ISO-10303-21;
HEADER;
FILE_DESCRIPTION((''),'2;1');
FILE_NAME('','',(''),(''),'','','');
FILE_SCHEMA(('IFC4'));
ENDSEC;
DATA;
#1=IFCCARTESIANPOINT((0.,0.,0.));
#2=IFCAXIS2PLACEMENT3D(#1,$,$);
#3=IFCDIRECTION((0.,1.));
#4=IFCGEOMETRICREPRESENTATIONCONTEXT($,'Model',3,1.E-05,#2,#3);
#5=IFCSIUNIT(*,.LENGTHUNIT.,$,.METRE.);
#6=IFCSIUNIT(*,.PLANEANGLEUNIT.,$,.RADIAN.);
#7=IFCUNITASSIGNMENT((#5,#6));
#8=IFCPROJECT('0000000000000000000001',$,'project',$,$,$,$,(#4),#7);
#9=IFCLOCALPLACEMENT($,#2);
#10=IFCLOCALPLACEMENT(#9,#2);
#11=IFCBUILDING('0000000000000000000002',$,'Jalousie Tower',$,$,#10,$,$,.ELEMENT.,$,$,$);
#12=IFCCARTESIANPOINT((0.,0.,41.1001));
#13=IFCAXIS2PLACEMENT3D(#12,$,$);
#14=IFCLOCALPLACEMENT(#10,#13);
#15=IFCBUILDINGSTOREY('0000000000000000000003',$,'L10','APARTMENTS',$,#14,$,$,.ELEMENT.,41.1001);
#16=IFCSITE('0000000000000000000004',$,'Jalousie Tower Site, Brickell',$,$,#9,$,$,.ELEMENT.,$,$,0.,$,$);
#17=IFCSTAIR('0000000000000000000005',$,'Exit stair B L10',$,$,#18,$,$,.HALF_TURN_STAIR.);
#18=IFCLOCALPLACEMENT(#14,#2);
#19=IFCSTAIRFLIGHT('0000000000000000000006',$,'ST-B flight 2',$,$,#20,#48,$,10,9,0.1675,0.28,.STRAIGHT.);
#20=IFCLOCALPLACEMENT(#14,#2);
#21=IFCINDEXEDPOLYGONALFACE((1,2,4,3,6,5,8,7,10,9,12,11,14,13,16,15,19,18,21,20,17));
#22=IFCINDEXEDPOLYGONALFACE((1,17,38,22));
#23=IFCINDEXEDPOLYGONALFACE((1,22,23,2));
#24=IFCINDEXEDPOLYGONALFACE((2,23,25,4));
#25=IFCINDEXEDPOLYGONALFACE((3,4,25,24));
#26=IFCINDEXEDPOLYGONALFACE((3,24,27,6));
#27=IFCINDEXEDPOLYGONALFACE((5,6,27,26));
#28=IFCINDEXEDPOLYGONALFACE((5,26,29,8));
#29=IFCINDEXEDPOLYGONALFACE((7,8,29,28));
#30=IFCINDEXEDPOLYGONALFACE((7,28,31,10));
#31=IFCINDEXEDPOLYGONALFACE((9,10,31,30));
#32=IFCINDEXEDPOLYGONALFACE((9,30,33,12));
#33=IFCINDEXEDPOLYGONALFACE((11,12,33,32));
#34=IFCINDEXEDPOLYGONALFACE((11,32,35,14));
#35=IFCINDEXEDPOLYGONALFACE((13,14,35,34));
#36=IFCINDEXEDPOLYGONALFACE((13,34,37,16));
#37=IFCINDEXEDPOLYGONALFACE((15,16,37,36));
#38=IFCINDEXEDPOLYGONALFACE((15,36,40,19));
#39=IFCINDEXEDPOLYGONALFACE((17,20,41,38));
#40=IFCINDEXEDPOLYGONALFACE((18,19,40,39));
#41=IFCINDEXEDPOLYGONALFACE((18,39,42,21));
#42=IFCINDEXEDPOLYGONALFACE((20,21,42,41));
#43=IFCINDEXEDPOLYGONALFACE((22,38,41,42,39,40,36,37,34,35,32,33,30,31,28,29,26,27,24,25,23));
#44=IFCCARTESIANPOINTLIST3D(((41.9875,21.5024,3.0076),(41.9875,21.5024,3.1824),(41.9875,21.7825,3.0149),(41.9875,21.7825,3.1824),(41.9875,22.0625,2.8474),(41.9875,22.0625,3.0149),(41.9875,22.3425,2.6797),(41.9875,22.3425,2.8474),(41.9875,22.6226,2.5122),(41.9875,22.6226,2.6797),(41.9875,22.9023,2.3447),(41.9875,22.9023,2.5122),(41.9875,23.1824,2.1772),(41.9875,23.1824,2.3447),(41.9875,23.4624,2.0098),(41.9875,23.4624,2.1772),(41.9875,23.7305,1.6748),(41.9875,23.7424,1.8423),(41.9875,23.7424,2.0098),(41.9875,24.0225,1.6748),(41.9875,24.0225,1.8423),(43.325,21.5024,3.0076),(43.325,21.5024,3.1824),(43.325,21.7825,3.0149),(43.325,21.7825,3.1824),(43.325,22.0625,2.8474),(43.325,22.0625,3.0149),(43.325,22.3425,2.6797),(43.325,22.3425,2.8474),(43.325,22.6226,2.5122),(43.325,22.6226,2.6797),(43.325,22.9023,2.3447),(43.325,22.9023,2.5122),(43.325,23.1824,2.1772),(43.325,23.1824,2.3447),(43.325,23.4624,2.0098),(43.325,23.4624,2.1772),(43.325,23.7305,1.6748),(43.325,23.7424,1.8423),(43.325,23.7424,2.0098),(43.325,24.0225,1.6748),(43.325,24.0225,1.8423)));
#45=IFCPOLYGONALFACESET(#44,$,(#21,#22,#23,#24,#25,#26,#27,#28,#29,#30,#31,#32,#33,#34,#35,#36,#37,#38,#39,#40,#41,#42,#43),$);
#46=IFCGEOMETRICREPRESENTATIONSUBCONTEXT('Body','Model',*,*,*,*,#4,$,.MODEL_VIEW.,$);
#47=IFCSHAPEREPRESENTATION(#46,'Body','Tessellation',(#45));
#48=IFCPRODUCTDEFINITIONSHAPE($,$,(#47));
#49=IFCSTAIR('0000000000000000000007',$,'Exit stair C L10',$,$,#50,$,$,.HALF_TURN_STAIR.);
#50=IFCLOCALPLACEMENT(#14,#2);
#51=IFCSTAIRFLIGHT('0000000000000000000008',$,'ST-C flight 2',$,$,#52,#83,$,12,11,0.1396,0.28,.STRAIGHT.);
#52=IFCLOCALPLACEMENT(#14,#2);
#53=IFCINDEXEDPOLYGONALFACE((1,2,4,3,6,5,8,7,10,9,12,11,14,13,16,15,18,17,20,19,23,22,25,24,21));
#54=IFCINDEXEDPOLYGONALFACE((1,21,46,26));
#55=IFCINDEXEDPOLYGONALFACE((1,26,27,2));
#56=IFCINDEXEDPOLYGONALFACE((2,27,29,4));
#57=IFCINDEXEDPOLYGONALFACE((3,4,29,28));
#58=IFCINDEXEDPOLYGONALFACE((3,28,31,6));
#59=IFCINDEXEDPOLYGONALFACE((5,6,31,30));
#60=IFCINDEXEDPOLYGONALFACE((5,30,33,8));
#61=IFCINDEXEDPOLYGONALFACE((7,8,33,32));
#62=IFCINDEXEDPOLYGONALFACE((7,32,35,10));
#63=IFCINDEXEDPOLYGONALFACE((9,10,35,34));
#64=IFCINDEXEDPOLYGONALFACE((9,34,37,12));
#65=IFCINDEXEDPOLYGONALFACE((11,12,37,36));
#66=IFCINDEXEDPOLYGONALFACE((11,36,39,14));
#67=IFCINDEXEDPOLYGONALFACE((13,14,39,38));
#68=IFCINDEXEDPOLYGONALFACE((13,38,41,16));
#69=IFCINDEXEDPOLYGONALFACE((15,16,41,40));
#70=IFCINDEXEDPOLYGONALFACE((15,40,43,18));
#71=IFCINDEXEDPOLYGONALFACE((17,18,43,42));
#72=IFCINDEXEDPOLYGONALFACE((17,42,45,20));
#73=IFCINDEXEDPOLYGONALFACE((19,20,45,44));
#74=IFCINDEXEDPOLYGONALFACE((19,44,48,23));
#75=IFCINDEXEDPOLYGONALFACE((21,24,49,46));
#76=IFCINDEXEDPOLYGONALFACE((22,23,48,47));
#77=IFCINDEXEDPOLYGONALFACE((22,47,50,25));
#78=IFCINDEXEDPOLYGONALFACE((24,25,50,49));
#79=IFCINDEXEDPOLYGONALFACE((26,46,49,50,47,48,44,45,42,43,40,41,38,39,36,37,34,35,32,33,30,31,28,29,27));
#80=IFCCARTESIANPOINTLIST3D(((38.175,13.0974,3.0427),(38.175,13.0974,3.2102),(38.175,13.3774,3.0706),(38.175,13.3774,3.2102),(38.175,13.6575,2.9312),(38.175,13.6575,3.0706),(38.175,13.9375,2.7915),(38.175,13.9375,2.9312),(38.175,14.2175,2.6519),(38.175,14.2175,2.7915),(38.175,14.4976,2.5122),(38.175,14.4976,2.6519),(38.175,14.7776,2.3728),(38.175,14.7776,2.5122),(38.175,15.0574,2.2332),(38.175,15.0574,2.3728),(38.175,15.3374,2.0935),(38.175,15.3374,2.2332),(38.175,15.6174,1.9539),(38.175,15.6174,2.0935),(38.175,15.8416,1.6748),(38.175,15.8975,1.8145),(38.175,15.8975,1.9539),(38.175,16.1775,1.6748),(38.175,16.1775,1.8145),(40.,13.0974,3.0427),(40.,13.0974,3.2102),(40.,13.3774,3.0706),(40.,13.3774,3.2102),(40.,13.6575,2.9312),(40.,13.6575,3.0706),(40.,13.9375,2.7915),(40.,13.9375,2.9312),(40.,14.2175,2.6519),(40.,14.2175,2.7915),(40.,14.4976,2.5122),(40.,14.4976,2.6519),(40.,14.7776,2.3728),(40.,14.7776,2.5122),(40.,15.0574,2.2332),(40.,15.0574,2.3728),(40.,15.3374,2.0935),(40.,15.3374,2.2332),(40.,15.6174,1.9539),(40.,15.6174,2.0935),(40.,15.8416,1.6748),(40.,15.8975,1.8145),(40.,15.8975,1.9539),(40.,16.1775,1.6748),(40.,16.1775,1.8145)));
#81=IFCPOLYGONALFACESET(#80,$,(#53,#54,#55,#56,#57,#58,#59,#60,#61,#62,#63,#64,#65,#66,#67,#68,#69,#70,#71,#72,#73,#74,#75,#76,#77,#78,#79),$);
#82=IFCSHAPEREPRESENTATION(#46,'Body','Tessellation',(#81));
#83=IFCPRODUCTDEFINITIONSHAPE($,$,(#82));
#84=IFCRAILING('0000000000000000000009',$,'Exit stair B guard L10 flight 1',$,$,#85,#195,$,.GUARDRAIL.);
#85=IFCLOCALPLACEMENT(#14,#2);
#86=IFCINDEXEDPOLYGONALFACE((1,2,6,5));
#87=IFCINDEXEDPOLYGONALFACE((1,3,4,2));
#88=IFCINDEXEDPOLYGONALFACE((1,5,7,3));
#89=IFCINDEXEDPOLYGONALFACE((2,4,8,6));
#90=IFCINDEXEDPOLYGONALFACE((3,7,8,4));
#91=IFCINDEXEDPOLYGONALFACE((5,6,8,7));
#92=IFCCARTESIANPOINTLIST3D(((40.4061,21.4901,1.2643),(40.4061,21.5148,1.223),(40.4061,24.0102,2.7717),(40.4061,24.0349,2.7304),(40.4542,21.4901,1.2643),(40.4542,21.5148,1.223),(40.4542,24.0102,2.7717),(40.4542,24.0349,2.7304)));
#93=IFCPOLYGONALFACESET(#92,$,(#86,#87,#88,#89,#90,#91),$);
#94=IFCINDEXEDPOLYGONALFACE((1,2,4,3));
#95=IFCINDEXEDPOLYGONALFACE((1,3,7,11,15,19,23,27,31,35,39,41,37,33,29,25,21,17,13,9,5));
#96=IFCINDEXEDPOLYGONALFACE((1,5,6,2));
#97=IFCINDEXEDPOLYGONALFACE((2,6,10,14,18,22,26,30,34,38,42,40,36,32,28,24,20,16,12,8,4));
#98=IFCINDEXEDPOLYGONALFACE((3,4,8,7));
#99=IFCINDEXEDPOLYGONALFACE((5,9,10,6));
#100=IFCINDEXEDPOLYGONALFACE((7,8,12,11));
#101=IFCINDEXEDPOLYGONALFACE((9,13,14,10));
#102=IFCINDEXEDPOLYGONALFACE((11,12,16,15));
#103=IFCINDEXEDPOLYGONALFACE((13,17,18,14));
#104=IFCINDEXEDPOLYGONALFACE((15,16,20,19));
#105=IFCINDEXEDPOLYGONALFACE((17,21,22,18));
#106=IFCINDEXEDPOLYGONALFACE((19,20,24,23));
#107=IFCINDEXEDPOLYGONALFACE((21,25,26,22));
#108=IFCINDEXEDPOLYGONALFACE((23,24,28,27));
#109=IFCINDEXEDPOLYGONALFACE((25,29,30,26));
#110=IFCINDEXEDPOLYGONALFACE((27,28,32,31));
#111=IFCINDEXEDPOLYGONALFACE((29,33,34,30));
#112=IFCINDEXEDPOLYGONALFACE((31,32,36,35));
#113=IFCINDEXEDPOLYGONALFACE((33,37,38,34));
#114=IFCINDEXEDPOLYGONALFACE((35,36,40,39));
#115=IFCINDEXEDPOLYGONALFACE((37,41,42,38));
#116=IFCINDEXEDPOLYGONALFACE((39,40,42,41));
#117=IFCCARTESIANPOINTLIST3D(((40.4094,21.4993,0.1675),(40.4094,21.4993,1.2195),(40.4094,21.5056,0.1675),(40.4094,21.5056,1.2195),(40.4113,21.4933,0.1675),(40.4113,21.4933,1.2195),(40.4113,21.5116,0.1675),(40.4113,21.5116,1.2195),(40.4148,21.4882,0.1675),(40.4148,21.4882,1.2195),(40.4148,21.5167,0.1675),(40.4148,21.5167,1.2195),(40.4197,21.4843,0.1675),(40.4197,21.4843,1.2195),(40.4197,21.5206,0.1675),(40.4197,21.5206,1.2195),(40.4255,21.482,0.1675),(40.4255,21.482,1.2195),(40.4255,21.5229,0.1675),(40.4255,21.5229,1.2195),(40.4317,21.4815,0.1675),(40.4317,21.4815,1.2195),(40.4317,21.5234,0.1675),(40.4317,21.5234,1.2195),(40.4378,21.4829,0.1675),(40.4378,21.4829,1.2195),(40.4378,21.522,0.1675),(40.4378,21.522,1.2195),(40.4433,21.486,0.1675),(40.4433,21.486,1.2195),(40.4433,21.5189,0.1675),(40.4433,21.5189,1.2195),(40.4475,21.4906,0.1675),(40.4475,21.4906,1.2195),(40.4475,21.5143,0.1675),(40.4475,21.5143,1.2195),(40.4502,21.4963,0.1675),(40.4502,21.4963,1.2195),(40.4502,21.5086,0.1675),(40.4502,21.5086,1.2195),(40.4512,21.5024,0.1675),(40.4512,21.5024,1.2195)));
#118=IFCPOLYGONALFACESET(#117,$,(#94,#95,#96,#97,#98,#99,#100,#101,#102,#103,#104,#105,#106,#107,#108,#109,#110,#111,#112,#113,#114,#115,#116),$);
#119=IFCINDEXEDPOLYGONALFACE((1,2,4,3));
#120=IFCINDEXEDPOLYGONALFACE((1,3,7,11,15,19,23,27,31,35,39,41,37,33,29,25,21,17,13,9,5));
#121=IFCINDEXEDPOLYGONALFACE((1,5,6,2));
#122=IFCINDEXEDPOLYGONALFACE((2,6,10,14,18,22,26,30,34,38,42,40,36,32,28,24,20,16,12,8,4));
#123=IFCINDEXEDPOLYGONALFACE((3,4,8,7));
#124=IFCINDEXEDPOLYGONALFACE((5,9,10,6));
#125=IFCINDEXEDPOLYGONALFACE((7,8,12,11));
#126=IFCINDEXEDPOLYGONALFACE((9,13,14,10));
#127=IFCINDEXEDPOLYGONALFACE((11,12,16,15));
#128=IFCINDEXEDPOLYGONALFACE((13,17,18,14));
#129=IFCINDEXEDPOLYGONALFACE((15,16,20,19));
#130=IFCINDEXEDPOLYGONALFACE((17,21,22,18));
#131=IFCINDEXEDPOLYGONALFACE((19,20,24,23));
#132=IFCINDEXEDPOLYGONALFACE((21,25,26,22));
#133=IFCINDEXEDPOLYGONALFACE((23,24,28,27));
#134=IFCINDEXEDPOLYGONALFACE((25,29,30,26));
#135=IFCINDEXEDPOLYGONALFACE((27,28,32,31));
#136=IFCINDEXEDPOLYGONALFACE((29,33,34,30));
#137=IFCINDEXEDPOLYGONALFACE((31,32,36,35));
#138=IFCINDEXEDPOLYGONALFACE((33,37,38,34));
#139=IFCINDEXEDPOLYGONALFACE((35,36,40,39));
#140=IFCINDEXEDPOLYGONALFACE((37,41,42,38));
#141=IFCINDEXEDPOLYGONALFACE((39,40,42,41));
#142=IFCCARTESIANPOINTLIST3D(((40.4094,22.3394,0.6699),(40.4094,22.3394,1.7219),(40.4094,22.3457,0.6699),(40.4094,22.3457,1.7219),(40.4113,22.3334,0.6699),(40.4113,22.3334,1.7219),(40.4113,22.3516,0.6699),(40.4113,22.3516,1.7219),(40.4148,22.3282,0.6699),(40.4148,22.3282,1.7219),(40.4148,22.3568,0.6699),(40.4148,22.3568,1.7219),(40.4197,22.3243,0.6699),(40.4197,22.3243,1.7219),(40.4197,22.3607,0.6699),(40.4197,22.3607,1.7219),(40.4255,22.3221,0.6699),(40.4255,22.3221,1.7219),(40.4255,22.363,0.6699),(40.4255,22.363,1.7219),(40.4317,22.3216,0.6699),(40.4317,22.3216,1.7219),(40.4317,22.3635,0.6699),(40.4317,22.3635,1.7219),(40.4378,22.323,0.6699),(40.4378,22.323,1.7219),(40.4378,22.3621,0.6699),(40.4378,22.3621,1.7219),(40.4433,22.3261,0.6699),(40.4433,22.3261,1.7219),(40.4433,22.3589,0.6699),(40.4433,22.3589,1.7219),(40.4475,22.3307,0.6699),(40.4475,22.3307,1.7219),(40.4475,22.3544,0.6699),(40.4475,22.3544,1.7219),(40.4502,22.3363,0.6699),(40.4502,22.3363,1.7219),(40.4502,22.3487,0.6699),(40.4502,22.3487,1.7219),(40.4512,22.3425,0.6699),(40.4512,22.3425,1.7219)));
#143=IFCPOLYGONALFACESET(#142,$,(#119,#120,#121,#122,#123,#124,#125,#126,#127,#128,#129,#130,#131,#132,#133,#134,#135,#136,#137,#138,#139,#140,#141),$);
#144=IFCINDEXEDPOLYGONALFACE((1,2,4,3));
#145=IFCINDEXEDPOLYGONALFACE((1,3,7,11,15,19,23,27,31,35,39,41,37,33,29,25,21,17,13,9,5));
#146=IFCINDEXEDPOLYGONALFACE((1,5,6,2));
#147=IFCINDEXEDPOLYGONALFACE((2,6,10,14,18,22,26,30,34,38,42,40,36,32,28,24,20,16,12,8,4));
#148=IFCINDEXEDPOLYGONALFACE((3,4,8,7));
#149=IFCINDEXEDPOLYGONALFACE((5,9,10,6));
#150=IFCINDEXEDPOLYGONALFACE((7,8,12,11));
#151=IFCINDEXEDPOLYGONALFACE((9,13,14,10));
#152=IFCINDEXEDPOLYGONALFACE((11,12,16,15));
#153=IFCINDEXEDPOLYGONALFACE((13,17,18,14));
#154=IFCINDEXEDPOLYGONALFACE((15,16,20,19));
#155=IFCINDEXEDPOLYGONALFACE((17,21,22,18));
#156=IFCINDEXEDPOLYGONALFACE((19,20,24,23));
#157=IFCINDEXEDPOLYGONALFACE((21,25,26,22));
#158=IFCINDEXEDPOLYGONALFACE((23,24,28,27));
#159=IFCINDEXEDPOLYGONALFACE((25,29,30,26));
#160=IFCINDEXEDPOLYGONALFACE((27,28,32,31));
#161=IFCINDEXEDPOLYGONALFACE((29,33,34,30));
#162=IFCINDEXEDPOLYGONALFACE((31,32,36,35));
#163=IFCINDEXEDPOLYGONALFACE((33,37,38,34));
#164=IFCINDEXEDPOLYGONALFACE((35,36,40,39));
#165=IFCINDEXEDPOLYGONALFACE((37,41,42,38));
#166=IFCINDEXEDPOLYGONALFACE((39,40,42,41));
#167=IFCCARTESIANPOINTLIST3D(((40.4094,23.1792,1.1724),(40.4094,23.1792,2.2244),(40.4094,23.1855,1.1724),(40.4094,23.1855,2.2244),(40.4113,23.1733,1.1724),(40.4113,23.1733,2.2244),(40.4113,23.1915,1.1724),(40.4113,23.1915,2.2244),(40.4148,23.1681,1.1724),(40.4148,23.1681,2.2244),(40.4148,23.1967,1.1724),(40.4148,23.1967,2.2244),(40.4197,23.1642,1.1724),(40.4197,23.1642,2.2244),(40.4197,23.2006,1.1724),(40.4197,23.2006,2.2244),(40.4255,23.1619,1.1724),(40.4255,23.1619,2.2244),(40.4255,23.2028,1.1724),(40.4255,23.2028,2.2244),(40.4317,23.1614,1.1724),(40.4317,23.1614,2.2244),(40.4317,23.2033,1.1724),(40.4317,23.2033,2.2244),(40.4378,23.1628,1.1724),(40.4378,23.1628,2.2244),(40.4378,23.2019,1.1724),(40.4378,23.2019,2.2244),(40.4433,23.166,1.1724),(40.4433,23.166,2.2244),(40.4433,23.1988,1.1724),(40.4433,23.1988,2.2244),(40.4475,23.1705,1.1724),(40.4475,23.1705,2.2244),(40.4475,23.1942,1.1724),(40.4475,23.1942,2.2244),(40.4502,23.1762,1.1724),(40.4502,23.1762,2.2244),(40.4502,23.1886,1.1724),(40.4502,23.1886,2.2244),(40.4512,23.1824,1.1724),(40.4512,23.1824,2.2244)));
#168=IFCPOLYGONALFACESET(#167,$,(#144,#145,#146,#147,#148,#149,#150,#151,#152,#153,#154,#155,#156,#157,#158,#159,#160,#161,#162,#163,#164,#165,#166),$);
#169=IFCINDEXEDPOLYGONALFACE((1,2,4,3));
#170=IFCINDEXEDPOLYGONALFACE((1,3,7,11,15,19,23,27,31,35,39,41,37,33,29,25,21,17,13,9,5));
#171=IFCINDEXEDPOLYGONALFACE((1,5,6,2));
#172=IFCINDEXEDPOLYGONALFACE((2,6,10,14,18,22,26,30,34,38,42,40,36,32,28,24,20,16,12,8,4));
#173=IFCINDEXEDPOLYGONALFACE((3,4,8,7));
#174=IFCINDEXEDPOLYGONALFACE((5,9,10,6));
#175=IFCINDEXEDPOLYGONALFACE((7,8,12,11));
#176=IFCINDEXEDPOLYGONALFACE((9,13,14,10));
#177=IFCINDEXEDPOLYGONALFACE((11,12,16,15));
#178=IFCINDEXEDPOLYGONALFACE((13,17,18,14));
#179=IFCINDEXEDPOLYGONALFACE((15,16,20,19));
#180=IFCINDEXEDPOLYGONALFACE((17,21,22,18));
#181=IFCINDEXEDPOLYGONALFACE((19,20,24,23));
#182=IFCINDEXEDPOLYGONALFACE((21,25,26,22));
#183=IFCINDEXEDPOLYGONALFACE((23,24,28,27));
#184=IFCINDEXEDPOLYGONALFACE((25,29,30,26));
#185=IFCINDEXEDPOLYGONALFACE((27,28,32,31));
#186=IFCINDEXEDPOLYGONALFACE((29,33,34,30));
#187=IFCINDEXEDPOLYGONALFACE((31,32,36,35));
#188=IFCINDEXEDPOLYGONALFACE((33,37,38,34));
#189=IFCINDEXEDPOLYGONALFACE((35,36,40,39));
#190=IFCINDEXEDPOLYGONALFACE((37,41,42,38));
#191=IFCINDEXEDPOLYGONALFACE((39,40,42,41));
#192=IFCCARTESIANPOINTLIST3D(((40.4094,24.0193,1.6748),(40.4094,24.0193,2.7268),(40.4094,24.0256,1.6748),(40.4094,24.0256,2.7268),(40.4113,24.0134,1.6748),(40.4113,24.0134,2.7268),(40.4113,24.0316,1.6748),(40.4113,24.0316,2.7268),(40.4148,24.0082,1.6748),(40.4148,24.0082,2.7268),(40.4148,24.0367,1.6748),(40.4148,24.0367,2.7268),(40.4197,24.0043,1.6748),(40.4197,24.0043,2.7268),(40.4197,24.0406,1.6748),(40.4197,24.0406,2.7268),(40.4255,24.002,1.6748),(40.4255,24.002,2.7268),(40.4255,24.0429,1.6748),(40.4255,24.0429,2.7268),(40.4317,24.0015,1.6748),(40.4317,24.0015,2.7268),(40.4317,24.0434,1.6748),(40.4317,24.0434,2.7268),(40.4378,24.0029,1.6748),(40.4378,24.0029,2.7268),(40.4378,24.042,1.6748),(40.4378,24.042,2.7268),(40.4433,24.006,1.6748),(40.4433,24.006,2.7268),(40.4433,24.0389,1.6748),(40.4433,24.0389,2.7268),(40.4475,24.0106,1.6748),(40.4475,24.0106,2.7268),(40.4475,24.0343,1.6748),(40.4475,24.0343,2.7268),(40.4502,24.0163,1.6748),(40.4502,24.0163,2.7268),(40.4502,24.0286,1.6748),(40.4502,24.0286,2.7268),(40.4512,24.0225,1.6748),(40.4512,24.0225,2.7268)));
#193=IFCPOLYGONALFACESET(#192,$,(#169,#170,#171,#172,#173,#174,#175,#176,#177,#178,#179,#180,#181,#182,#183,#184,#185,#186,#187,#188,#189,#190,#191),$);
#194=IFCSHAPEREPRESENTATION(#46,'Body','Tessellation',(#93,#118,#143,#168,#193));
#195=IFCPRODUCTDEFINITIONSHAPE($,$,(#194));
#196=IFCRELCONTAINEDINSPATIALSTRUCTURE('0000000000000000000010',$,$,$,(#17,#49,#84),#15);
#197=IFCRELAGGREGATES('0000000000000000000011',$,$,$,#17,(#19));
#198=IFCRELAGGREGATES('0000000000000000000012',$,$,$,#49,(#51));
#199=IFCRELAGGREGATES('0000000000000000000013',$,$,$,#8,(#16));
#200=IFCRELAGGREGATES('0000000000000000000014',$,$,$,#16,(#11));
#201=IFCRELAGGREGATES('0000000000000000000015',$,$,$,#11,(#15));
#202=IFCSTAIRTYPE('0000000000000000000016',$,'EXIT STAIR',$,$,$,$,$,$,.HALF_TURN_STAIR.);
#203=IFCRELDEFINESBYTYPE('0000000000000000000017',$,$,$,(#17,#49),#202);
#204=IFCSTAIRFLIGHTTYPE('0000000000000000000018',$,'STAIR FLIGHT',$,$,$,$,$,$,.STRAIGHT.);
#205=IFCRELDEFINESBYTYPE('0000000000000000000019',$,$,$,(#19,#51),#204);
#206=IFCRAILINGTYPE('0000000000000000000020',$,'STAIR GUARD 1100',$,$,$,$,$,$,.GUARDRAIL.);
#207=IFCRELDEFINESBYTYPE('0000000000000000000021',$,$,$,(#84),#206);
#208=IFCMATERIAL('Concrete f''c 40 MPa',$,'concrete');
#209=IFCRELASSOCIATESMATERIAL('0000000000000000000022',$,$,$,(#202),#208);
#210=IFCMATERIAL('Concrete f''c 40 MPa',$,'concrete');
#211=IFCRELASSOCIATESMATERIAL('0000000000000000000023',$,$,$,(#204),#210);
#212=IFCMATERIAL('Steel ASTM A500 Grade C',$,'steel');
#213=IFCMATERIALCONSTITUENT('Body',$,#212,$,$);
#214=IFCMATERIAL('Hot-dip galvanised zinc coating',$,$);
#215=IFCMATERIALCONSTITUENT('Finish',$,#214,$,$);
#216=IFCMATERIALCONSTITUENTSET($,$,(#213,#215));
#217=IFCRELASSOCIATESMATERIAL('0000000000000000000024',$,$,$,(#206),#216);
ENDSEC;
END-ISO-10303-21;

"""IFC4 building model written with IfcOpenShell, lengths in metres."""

from ifc_helpers import new_model, si_unit, direction, frame, origin, origin_2d, place, context, subcontext, project, spatial, polyline, rectangle, circle, outline, extrude, material, constituent, constituent_set, type_object, element, aggregate, save


model = new_model("IFC4")

# Units and contexts
model_context = context("Model", 3, precision=1e-05, world=origin(), true_north=direction((0.0, 1.0)))
body_context = subcontext(model_context, "Body", "Model", "MODEL_VIEW")
ifc_project = project(units=[si_unit("LENGTHUNIT", "METRE"), si_unit("PLANEANGLEUNIT", "RADIAN")], contexts=[model_context])

# Site, building, storey
site_placement = place(None, origin())
site = spatial("IfcSite", under=ifc_project, at=site_placement, Name="Jalousie Tower Site, Brickell", CompositionType="ELEMENT", RefElevation=0.0)
building_placement = place(site_placement, origin())
building = spatial("IfcBuilding", under=site, at=building_placement, Name="Jalousie Tower", CompositionType="ELEMENT")
storey_placement = place(building_placement, frame((0.0, 0.0, 41.1001)))
storey = spatial("IfcBuildingStorey", under=building, at=storey_placement, Name="L10", Description="APARTMENTS", CompositionType="ELEMENT", Elevation=41.1001)

# Stair, stair flight
ifc_material_1 = material(Name="Concrete f'c 40 MPa", Category="concrete")
stair_type = type_object("IfcStairType", Name="EXIT STAIR", PredefinedType="HALF_TURN_STAIR", material=ifc_material_1)
stair_1_placement = place(storey_placement, origin())
stair_1 = element("IfcStair", 1, at=stair_1_placement, inside=storey, type_object=stair_type, Name="Exit stair B L10", PredefinedType="HALF_TURN_STAIR")
ifc_material_2 = material(Name="Concrete f'c 40 MPa", Category="concrete")
stair_flight_type = type_object("IfcStairFlightType", Name="STAIR FLIGHT", PredefinedType="STRAIGHT", material=ifc_material_2)
stair_flight_1_placement = place(storey_placement, frame((42.6562, 24.0225, 1.6748), z_axis=(0.0, 0.0, 1.0), x_axis=(0.0, -1.0, 0.0)))
stair_flight_1 = element("IfcStairFlight", 2, at=stair_flight_1_placement, type_object=stair_flight_type, Name="ST-B flight 2", NumberOfRisers=10, NumberOfTreads=9, PredefinedType="STRAIGHT", RiserHeight=0.1675, TreadLength=0.28, context=body_context, shape_type="SweptSolid", body=[
    extrude(outline(polyline([(0.0, 0.0), (0.0, 0.1675), (0.28, 0.1675), (0.28, 0.335), (0.5601, 0.335), (0.5601, 0.5024), (0.8401, 0.5024), (0.8401, 0.6699), (1.1201, 0.6699), (1.1201, 0.8374), (1.3999, 0.8374), (1.3999, 1.0049), (1.6799, 1.0049), (1.6799, 1.1726), (1.96, 1.1726), (1.96, 1.3401), (2.24, 1.3401), (2.24, 1.5076), (2.52, 1.5076), (2.52, 1.675), (2.52, 1.3328), (0.292, 0.0), (0.0, 0.0)])), frame((0.0, 0.6687, 0.0), z_axis=(0.0, -1.0, 0.0), x_axis=(1.0, 0.0, 0.0)), (0.0, 0.0, 1.0), 1.3374),
])
aggregate(stair_1, [stair_flight_1])

# Stair, stair flight
stair_2_placement = place(storey_placement, origin())
stair_2 = element("IfcStair", 3, at=stair_2_placement, inside=storey, type_object=stair_type, Name="Exit stair C L10", PredefinedType="HALF_TURN_STAIR")
stair_flight_2_placement = place(storey_placement, frame((39.0874, 16.1775, 1.6748), z_axis=(0.0, 0.0, 1.0), x_axis=(0.0, -1.0, 0.0)))
stair_flight_2 = element("IfcStairFlight", 4, at=stair_flight_2_placement, type_object=stair_flight_type, Name="ST-C flight 2", NumberOfRisers=12, NumberOfTreads=11, PredefinedType="STRAIGHT", RiserHeight=0.1396, TreadLength=0.28, context=body_context, shape_type="SweptSolid", body=[
    extrude(outline(polyline([(0.0, 0.0), (0.0, 0.1396), (0.28, 0.1396), (0.28, 0.2791), (0.5601, 0.2791), (0.5601, 0.4187), (0.8401, 0.4187), (0.8401, 0.5583), (1.1201, 0.5583), (1.1201, 0.698), (1.3999, 0.698), (1.3999, 0.8374), (1.6799, 0.8374), (1.6799, 0.9771), (1.96, 0.9771), (1.96, 1.1167), (2.24, 1.1167), (2.24, 1.2563), (2.52, 1.2563), (2.52, 1.3958), (2.8, 1.3958), (2.8, 1.5354), (3.0801, 1.5354), (3.0801, 1.675), (3.0801, 1.3679), (0.3359, 0.0), (0.0, 0.0)])), frame((0.0, 0.9126, 0.0), z_axis=(0.0, -1.0, 0.0), x_axis=(1.0, 0.0, 0.0)), (0.0, 0.0, 1.0), 1.825),
])
aggregate(stair_2, [stair_flight_2])

# Railing
ifc_material_3 = material(Name="Steel ASTM A500 Grade C", Category="steel")
ifc_constituent_1 = constituent(ifc_material_3, Name="Body")
ifc_material_4 = material(Name="Hot-dip galvanised zinc coating")
ifc_constituent_2 = constituent(ifc_material_4, Name="Finish")
ifc_constituent_set_1 = constituent_set(constituents=[ifc_constituent_1, ifc_constituent_2])
railing_type_1 = type_object("IfcRailingType", Name="STAIR GUARD 1100", PredefinedType="GUARDRAIL", material=ifc_constituent_set_1)
railing_1_placement = place(storey_placement, frame((40.4302, 21.5024, 0.1675)))
element("IfcRailing", 5, at=railing_1_placement, inside=storey, type_object=railing_type_1, Name="Exit stair B guard L10 flight 1", PredefinedType="GUARDRAIL", context=body_context, shape_type="SweptSolid", body=[
    extrude(rectangle(XDim=0.0481, YDim=0.0481, at=origin_2d()), frame((0.0, 0.0, 1.0762), z_axis=(0.0, 0.858196, 0.513321), x_axis=(-1.0, 0.0, 0.0)), (0.0, 0.0, 1.0), 2.9365),
    extrude(circle(Radius=0.021, at=origin_2d()), origin(), (0.0, 0.0, 1.0), 1.052),
    extrude(circle(Radius=0.021, at=origin_2d()), frame((0.0, 0.8401, 0.5024)), (0.0, 0.0, 1.0), 1.052),
    extrude(circle(Radius=0.021, at=origin_2d()), frame((0.0, 1.6799, 1.0049)), (0.0, 0.0, 1.0), 1.052),
    extrude(circle(Radius=0.021, at=origin_2d()), frame((0.0, 2.52, 1.5073)), (0.0, 0.0, 1.0), 1.052),
])

save(model, "model.ifc")
